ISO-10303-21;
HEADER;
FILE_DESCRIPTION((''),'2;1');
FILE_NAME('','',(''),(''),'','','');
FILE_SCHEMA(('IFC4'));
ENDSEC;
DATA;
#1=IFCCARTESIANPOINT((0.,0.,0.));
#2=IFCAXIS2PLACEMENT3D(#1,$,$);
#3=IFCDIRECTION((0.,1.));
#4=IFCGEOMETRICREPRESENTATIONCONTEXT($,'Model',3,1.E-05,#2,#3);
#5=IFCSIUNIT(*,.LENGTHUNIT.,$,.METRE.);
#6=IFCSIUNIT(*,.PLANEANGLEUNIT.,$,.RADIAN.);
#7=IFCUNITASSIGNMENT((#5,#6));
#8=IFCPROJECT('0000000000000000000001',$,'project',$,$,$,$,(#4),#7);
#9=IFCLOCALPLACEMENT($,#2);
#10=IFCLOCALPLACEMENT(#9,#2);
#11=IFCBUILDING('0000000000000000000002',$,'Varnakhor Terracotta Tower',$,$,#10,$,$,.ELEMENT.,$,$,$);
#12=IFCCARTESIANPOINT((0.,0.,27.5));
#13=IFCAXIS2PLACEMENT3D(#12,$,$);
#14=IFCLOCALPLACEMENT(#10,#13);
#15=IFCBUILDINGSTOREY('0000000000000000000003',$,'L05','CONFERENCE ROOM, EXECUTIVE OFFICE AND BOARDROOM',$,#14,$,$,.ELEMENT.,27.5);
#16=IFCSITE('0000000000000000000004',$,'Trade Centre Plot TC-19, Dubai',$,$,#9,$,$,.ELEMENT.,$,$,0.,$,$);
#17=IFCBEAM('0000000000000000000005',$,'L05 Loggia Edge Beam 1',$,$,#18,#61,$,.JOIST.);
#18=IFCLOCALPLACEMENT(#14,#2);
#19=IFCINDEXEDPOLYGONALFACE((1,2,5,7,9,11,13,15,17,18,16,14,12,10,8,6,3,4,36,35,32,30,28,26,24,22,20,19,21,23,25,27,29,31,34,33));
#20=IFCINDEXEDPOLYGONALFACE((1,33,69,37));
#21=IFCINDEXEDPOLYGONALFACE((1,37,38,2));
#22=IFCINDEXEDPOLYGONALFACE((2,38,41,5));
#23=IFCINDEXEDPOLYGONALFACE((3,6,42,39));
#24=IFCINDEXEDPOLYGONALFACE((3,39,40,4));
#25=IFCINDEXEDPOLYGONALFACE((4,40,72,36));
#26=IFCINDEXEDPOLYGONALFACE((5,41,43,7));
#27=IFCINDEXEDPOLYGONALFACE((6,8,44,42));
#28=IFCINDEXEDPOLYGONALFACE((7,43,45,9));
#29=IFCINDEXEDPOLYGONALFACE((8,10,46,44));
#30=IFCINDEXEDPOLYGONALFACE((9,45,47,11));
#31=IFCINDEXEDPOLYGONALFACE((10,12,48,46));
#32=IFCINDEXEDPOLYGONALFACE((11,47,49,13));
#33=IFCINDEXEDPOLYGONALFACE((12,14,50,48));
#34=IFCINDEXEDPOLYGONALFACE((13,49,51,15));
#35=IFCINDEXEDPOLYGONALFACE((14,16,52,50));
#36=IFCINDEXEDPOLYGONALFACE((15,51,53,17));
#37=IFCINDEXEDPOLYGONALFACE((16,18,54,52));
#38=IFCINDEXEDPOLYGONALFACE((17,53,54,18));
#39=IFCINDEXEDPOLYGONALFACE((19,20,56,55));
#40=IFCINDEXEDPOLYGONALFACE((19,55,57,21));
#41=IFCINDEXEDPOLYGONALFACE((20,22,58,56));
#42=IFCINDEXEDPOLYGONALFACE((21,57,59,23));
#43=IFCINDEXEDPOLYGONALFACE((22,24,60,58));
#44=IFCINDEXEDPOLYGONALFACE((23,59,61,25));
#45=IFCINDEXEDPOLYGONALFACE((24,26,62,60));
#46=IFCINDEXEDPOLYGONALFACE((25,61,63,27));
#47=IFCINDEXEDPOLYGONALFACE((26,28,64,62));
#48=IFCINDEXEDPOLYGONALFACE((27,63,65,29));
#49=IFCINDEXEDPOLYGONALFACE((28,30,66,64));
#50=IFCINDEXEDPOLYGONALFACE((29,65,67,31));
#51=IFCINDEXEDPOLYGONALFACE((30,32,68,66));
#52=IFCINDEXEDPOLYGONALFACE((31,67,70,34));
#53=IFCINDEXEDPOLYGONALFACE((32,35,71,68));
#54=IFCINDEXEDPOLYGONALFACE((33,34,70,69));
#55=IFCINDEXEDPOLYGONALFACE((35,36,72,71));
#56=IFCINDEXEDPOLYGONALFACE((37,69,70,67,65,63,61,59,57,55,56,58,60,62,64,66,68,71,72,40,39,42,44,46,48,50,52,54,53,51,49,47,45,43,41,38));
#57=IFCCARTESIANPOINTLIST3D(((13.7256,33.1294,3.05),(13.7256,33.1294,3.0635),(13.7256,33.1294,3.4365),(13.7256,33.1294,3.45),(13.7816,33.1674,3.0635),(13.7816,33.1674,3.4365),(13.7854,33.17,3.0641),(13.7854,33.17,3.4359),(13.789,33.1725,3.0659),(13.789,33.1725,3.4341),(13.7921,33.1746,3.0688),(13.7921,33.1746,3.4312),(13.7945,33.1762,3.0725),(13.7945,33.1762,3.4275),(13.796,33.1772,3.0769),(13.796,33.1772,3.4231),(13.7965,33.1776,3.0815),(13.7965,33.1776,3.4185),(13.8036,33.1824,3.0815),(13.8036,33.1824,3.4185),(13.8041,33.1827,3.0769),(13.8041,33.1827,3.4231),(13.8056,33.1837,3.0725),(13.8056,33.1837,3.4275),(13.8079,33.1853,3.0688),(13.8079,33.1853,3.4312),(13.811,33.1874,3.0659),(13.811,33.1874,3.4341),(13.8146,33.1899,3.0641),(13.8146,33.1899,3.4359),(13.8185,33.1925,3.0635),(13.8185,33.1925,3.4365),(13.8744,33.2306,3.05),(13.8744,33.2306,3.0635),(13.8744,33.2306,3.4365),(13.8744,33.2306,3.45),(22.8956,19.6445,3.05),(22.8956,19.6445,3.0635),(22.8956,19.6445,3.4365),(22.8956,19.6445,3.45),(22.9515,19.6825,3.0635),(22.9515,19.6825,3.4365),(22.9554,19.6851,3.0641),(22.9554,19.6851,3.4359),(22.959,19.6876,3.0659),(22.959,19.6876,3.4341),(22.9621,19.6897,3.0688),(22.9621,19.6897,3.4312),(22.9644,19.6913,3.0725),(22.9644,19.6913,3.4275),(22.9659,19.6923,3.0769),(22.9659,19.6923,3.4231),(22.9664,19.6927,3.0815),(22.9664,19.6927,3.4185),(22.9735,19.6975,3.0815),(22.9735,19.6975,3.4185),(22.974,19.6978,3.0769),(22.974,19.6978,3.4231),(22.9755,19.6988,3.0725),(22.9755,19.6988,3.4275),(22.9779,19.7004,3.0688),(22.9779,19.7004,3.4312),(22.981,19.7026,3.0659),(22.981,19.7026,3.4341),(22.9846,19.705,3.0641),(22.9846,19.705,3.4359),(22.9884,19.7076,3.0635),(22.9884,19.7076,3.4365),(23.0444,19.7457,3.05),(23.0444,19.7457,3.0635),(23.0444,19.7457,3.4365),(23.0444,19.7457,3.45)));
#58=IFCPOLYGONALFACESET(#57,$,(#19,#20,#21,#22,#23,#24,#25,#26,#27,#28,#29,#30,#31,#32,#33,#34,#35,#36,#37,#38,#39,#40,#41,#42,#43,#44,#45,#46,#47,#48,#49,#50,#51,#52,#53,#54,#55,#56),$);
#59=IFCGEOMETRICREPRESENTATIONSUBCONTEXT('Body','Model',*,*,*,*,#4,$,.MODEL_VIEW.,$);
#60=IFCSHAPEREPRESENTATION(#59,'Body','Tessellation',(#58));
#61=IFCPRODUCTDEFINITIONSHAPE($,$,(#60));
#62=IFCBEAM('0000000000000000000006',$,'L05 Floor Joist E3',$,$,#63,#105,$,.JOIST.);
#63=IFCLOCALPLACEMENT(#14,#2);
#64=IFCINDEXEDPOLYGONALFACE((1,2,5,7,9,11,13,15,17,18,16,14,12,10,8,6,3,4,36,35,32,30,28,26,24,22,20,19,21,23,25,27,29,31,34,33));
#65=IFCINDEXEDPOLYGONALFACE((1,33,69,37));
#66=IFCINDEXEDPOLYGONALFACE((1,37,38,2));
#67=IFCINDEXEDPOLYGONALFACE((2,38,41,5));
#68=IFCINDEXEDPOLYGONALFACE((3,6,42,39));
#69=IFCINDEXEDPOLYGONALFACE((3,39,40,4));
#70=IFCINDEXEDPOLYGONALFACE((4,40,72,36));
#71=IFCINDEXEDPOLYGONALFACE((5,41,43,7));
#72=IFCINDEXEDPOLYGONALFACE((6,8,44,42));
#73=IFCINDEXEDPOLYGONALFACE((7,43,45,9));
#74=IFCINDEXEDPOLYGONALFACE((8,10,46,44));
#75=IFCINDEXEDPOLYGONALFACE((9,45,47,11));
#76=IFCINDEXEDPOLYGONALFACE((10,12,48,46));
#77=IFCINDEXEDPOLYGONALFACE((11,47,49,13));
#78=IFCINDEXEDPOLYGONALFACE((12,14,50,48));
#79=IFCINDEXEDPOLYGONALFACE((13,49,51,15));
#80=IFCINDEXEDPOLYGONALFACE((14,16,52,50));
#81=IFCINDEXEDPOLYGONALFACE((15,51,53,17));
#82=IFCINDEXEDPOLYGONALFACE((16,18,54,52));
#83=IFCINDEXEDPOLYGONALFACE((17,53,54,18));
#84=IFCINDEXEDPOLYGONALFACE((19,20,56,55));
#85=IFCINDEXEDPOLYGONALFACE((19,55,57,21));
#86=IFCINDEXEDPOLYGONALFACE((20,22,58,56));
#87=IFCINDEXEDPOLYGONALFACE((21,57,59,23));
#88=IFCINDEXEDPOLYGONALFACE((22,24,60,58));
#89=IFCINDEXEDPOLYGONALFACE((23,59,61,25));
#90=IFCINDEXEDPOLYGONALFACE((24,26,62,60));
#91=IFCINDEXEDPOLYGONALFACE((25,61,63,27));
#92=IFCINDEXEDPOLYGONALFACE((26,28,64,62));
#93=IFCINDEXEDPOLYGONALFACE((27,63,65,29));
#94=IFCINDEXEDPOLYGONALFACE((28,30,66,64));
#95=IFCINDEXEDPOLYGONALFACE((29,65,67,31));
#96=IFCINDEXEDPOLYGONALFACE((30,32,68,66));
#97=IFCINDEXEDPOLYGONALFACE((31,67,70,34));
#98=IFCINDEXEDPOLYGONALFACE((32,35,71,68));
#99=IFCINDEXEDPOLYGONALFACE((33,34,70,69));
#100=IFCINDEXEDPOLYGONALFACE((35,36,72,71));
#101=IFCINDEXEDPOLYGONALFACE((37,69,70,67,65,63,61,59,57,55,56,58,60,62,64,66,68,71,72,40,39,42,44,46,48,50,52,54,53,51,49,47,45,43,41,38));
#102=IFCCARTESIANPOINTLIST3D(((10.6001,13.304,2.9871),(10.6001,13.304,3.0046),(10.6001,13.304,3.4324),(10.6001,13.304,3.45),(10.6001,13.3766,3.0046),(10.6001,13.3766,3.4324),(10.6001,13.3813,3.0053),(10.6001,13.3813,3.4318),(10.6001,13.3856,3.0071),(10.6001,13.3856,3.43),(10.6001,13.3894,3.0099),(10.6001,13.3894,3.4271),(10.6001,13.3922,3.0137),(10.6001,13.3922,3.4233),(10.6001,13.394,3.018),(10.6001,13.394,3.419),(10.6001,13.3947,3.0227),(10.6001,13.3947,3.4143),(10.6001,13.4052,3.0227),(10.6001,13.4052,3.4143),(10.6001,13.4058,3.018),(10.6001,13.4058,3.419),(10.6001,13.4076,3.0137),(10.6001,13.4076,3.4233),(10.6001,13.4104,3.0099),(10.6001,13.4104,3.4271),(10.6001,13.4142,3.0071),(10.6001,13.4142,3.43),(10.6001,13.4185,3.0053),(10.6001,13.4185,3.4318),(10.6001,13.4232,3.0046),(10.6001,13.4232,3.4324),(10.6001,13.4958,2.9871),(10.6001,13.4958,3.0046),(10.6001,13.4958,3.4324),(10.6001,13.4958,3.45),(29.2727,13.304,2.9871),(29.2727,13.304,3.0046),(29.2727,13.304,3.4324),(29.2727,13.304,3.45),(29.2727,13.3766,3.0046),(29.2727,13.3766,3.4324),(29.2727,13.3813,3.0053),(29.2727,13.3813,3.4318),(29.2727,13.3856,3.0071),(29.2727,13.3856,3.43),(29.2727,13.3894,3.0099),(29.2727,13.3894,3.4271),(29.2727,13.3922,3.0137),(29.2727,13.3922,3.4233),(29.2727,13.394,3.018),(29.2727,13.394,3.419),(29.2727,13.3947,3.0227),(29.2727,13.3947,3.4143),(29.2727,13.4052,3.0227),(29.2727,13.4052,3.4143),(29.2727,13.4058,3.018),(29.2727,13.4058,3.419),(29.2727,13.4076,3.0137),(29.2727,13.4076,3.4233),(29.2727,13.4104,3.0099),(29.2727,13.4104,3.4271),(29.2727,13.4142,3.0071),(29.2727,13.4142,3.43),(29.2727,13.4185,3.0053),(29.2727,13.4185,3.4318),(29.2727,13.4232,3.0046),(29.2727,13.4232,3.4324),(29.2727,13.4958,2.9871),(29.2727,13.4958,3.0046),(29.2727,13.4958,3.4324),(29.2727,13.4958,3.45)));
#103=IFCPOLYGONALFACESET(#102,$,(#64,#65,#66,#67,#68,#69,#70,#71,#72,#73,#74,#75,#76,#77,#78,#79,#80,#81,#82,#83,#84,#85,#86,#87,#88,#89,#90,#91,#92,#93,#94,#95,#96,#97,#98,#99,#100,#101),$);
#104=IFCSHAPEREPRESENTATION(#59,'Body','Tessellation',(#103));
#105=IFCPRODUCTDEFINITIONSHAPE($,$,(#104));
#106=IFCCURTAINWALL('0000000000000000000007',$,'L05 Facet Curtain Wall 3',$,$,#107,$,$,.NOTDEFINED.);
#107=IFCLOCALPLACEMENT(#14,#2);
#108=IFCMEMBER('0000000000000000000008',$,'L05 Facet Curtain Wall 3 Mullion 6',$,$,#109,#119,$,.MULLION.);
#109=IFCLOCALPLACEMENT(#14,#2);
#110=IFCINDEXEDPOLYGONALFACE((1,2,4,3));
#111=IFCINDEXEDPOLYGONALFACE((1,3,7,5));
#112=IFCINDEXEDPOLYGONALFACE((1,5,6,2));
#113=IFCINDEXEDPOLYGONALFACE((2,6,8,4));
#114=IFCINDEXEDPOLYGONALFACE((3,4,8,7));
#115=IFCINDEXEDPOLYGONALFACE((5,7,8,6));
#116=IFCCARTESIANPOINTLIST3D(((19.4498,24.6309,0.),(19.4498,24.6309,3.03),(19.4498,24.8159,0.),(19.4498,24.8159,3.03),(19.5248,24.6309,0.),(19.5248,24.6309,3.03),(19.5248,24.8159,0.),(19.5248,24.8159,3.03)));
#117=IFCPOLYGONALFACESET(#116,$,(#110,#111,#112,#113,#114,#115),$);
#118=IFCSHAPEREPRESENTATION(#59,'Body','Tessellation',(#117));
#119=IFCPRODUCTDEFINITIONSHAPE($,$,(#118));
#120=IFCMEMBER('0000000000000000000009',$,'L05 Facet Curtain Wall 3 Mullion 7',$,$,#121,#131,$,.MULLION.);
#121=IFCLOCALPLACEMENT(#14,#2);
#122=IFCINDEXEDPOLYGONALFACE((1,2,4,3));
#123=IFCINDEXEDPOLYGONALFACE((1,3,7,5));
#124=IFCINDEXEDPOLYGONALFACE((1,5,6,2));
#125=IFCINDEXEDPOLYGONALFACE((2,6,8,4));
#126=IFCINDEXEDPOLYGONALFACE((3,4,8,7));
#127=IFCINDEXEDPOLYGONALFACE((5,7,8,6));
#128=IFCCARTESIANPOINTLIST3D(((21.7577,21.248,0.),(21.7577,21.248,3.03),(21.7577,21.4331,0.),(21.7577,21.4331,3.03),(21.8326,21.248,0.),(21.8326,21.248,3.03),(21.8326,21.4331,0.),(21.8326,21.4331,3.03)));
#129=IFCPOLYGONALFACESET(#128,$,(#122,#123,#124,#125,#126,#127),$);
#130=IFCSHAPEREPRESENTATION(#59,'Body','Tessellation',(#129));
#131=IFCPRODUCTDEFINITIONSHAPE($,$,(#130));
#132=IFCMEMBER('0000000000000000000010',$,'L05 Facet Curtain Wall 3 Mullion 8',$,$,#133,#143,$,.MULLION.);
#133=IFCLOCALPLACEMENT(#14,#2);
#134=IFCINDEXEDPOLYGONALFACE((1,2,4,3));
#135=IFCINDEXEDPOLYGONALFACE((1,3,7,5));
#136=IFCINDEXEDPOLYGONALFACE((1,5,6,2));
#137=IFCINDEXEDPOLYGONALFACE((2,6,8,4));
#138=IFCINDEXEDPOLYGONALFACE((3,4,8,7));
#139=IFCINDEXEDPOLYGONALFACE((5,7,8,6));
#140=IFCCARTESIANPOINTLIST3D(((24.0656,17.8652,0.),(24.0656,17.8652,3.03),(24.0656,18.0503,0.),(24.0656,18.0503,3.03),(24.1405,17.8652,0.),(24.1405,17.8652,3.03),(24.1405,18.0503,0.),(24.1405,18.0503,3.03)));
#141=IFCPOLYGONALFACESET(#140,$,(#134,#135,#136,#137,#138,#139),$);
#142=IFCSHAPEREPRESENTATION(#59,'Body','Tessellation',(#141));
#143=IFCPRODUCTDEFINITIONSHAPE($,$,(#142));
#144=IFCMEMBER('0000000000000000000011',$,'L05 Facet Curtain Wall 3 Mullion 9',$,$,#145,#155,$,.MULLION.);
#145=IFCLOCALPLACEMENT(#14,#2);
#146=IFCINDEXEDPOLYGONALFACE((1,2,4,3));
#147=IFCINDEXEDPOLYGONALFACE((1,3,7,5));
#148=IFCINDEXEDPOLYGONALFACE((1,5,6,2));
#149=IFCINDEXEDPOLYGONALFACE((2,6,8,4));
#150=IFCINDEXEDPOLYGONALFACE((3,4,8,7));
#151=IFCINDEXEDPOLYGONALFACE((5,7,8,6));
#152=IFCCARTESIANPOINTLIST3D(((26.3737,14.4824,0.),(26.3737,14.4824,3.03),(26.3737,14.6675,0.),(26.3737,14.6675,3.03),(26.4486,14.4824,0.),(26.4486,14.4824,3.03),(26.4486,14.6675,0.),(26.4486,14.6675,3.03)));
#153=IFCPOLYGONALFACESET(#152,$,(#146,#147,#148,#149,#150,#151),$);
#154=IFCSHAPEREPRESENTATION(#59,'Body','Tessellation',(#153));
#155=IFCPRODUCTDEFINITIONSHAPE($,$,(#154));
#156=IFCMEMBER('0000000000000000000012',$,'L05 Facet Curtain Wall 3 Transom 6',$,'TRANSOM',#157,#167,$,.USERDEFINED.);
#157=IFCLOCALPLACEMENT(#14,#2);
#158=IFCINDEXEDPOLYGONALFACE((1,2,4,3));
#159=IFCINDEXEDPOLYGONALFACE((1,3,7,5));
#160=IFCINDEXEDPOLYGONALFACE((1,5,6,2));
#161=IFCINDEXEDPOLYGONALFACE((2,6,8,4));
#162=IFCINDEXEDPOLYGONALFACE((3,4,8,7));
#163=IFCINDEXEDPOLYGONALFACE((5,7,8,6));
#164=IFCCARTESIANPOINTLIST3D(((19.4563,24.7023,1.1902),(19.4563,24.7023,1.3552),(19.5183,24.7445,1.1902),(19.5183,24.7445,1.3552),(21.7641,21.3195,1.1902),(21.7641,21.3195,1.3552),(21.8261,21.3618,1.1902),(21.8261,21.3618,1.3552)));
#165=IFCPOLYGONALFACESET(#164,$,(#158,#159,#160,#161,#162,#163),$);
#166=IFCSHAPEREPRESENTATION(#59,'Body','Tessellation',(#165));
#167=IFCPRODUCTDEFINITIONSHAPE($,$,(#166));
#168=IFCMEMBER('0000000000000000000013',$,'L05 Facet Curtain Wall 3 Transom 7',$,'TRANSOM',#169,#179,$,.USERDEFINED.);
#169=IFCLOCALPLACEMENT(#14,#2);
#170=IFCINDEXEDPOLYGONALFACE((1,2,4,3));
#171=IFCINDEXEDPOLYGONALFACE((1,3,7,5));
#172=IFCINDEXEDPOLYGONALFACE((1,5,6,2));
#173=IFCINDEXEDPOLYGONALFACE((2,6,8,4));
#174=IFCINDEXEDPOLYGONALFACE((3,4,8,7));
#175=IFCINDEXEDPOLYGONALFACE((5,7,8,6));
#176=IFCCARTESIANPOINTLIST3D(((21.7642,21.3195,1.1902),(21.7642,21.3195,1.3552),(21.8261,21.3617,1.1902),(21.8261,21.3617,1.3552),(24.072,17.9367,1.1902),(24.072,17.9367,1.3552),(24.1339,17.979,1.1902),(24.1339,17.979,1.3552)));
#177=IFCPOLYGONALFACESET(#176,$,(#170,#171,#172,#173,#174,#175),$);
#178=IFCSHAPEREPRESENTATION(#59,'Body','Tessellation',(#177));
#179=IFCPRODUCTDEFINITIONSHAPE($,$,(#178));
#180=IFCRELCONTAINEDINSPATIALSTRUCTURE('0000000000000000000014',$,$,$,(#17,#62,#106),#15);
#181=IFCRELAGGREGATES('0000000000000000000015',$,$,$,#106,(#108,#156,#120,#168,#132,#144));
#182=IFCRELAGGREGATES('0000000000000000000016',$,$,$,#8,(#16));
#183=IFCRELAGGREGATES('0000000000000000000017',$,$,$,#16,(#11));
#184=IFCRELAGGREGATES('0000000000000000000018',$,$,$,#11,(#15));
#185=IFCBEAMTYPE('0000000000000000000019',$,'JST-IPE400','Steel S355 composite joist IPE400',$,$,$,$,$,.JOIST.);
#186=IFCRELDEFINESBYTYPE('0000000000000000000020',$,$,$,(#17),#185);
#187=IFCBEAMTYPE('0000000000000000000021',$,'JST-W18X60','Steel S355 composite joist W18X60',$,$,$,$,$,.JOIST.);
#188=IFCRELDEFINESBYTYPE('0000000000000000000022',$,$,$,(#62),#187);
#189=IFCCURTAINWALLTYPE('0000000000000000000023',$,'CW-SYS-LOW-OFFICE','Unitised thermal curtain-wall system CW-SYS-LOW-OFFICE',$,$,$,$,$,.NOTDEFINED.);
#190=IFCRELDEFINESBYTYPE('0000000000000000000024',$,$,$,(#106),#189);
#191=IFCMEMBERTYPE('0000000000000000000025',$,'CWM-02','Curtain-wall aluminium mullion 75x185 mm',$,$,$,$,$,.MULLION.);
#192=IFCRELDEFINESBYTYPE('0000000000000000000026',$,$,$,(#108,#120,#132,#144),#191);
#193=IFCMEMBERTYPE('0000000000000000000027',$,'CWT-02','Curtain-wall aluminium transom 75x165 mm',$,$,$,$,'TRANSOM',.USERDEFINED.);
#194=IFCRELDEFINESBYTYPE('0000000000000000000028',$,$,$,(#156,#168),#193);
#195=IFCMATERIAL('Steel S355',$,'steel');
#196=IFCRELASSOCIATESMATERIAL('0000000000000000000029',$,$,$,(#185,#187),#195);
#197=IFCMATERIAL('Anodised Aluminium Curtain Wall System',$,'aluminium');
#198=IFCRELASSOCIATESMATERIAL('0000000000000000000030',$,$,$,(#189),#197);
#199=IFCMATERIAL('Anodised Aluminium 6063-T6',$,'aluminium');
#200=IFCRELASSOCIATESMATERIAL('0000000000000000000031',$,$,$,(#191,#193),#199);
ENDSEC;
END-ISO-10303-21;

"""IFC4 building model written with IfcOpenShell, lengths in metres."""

from ifc_helpers import new_model, si_unit, direction, frame, origin, origin_2d, place, context, subcontext, project, spatial, rectangle, i_section, extrude, source, transform, mapped, material, material_profile, profile_set, type_object, type_shapes, element, aggregate, save


model = new_model("IFC4")

# Units and contexts
model_context = context("Model", 3, precision=1e-05, world=origin(), true_north=direction((0.0, 1.0)))
body_context = subcontext(model_context, "Body", "Model", "MODEL_VIEW")
ifc_project = project(units=[si_unit("LENGTHUNIT", "METRE"), si_unit("PLANEANGLEUNIT", "RADIAN")], contexts=[model_context])

# Site, building, storey
site_placement = place(None, origin())
site = spatial("IfcSite", under=ifc_project, at=site_placement, Name="Trade Centre Plot TC-19, Dubai", CompositionType="ELEMENT", RefElevation=0.0)
building_placement = place(site_placement, origin())
building = spatial("IfcBuilding", under=site, at=building_placement, Name="Varnakhor Terracotta Tower", CompositionType="ELEMENT")
storey_placement = place(building_placement, frame((0.0, 0.0, 27.5)))
storey = spatial("IfcBuildingStorey", under=building, at=storey_placement, Name="L05", Description="CONFERENCE ROOM, EXECUTIVE OFFICE AND BOARDROOM", CompositionType="ELEMENT", Elevation=27.5)

# Beams
ifc_material_1 = material(Name="Steel S355", Category="steel")
ifc_material_profile_1 = material_profile(ifc_material_1, i_section(OverallWidth=0.1799, OverallDepth=0.3999, WebThickness=0.0085, FlangeThickness=0.0134, FilletRadius=0.0181, at=origin_2d()), Name="IPE400")
ifc_profile_set_1 = profile_set([ifc_material_profile_1], Name="Steel S355")
beam_type_1 = type_object("IfcBeamType", Name="JST-IPE400", Description="Steel S355 composite joist IPE400", PredefinedType="JOIST", material=ifc_profile_set_1)
shared_shape_1 = source(origin(), body_context, "Body", "SweptSolid", [
    extrude(i_section(OverallWidth=0.1799, OverallDepth=0.3999, WebThickness=0.0085, FlangeThickness=0.0134, FilletRadius=0.0181, at=origin_2d()), origin(), (0.0, 0.0, 1.0), 16.3074),
])
type_shapes(beam_type_1, [shared_shape_1])
beam_1_placement = place(storey_placement, frame((22.97, 19.6951, 3.25), z_axis=(-0.562319, 0.82692, 0.0), x_axis=(-0.82692, -0.562319, 0.0)))
element("IfcBeam", 1, at=beam_1_placement, inside=storey, type_object=beam_type_1, Name="L05 Loggia Edge Beam 1", PredefinedType="JOIST", context=body_context, shape_type="MappedRepresentation", body=[
    mapped(shared_shape_1, transform((0.0, 0.0, 0.0), scale=1.0)),
])
ifc_material_profile_2 = material_profile(ifc_material_1, i_section(OverallWidth=0.1919, OverallDepth=0.4629, WebThickness=0.0105, FlangeThickness=0.0176, FilletRadius=0.0181, at=origin_2d()), Name="W18X60")
ifc_profile_set_2 = profile_set([ifc_material_profile_2], Name="Steel S355")
beam_type_2 = type_object("IfcBeamType", Name="JST-W18X60", Description="Steel S355 composite joist W18X60", PredefinedType="JOIST", material=ifc_profile_set_2)
shared_shape_2 = source(origin(), body_context, "Body", "SweptSolid", [
    extrude(i_section(OverallWidth=0.1919, OverallDepth=0.4629, WebThickness=0.0105, FlangeThickness=0.0176, FilletRadius=0.0181, at=origin_2d()), origin(), (0.0, 0.0, 1.0), 18.6726),
])
beam_2_placement = place(storey_placement, frame((10.6001, 13.3999, 3.2185), z_axis=(1.0, 0.0, 0.0), x_axis=(0.0, 1.0, 0.0)))
element("IfcBeam", 2, at=beam_2_placement, inside=storey, type_object=beam_type_2, Name="L05 Floor Joist E3", PredefinedType="JOIST", context=body_context, shape_type="MappedRepresentation", body=[
    mapped(shared_shape_2, transform((0.0, 0.0, 0.0), scale=1.0)),
])

# Curtain wall, members
ifc_material_2 = material(Name="Anodised Aluminium Curtain Wall System", Category="aluminium")
curtain_wall_type = type_object("IfcCurtainWallType", Name="CW-SYS-LOW-OFFICE", Description="Unitised thermal curtain-wall system CW-SYS-LOW-OFFICE", PredefinedType="NOTDEFINED", material=ifc_material_2)
curtain_wall_placement = place(storey_placement, origin())
curtain_wall = element("IfcCurtainWall", 3, at=curtain_wall_placement, inside=storey, type_object=curtain_wall_type, Name="L05 Facet Curtain Wall 3", PredefinedType="NOTDEFINED")
ifc_material_3 = material(Name="Anodised Aluminium 6063-T6", Category="aluminium")
ifc_material_profile_3 = material_profile(ifc_material_3, rectangle(XDim=0.075, YDim=0.1851, at=origin_2d()), Name="ALU MULLION 75x185")
ifc_profile_set_3 = profile_set([ifc_material_profile_3], Name="Anodised Aluminium 6063-T6")
member_type_1 = type_object("IfcMemberType", Name="CWM-02", Description="Curtain-wall aluminium mullion 75x185 mm", PredefinedType="MULLION", material=ifc_profile_set_3)
shared_shape_3 = source(origin(), body_context, "Body", "SweptSolid", [
    extrude(rectangle(XDim=0.075, YDim=0.1851, at=origin_2d()), origin(), (0.0, 0.0, 1.0), 3.03),
])
type_shapes(member_type_1, [shared_shape_3])
member_1_placement = place(storey_placement, frame((19.4873, 24.7234, 0.0), z_axis=(0.0, 0.0, 1.0), x_axis=(1.0, 0.0, 0.0)))
member_1 = element("IfcMember", 4, at=member_1_placement, type_object=member_type_1, Name="L05 Facet Curtain Wall 3 Mullion 6", PredefinedType="MULLION", context=body_context, shape_type="MappedRepresentation", body=[
    mapped(shared_shape_3, transform((0.0, 0.0, 0.0), scale=1.0)),
])
member_2_placement = place(storey_placement, frame((21.7952, 21.3406, 0.0), z_axis=(0.0, 0.0, 1.0), x_axis=(1.0, 0.0, 0.0)))
member_2 = element("IfcMember", 5, at=member_2_placement, type_object=member_type_1, Name="L05 Facet Curtain Wall 3 Mullion 7", PredefinedType="MULLION", context=body_context, shape_type="MappedRepresentation", body=[
    mapped(shared_shape_3, transform((0.0, 0.0, 0.0), scale=1.0)),
])
member_3_placement = place(storey_placement, frame((24.103, 17.9578, 0.0), z_axis=(0.0, 0.0, 1.0), x_axis=(1.0, 0.0, 0.0)))
member_3 = element("IfcMember", 6, at=member_3_placement, type_object=member_type_1, Name="L05 Facet Curtain Wall 3 Mullion 8", PredefinedType="MULLION", context=body_context, shape_type="MappedRepresentation", body=[
    mapped(shared_shape_3, transform((0.0, 0.0, 0.0), scale=1.0)),
])
member_4_placement = place(storey_placement, frame((26.4111, 14.575, 0.0), z_axis=(0.0, 0.0, 1.0), x_axis=(1.0, 0.0, 0.0)))
member_4 = element("IfcMember", 7, at=member_4_placement, type_object=member_type_1, Name="L05 Facet Curtain Wall 3 Mullion 9", PredefinedType="MULLION", context=body_context, shape_type="MappedRepresentation", body=[
    mapped(shared_shape_3, transform((0.0, 0.0, 0.0), scale=1.0)),
])
ifc_material_profile_4 = material_profile(ifc_material_3, rectangle(XDim=0.075, YDim=0.165, at=origin_2d()), Name="ALU TRANSOM 75x165")
ifc_profile_set_4 = profile_set([ifc_material_profile_4], Name="Anodised Aluminium 6063-T6")
member_type_2 = type_object("IfcMemberType", Name="CWT-02", Description="Curtain-wall aluminium transom 75x165 mm", ElementType="TRANSOM", PredefinedType="USERDEFINED", material=ifc_profile_set_4)
shared_shape_4 = source(origin(), body_context, "Body", "SweptSolid", [
    extrude(rectangle(XDim=0.075, YDim=0.165, at=origin_2d()), origin(), (0.0, 0.0, 1.0), 4.095),
])
type_shapes(member_type_2, [shared_shape_4])
member_5_placement = place(storey_placement, frame((19.4873, 24.7234, 1.2727), z_axis=(0.56357, -0.826068, 0.0), x_axis=(0.826068, 0.56357, 0.0)))
member_5 = element("IfcMember", 8, at=member_5_placement, type_object=member_type_2, Name="L05 Facet Curtain Wall 3 Transom 6", ObjectType="TRANSOM", PredefinedType="USERDEFINED", context=body_context, shape_type="MappedRepresentation", body=[
    mapped(shared_shape_4, transform((0.0, 0.0, 0.0), scale=1.0)),
])
member_6_placement = place(storey_placement, frame((21.7952, 21.3406, 1.2727), z_axis=(0.56357, -0.826068, 0.0), x_axis=(0.826068, 0.56357, 0.0)))
member_6 = element("IfcMember", 9, at=member_6_placement, type_object=member_type_2, Name="L05 Facet Curtain Wall 3 Transom 7", ObjectType="TRANSOM", PredefinedType="USERDEFINED", context=body_context, shape_type="MappedRepresentation", body=[
    mapped(shared_shape_4, transform((0.0, 0.0, 0.0), scale=1.0)),
])

aggregate(curtain_wall, [member_1, member_5, member_2, member_6, member_3, member_4])

save(model, "model.ifc")
